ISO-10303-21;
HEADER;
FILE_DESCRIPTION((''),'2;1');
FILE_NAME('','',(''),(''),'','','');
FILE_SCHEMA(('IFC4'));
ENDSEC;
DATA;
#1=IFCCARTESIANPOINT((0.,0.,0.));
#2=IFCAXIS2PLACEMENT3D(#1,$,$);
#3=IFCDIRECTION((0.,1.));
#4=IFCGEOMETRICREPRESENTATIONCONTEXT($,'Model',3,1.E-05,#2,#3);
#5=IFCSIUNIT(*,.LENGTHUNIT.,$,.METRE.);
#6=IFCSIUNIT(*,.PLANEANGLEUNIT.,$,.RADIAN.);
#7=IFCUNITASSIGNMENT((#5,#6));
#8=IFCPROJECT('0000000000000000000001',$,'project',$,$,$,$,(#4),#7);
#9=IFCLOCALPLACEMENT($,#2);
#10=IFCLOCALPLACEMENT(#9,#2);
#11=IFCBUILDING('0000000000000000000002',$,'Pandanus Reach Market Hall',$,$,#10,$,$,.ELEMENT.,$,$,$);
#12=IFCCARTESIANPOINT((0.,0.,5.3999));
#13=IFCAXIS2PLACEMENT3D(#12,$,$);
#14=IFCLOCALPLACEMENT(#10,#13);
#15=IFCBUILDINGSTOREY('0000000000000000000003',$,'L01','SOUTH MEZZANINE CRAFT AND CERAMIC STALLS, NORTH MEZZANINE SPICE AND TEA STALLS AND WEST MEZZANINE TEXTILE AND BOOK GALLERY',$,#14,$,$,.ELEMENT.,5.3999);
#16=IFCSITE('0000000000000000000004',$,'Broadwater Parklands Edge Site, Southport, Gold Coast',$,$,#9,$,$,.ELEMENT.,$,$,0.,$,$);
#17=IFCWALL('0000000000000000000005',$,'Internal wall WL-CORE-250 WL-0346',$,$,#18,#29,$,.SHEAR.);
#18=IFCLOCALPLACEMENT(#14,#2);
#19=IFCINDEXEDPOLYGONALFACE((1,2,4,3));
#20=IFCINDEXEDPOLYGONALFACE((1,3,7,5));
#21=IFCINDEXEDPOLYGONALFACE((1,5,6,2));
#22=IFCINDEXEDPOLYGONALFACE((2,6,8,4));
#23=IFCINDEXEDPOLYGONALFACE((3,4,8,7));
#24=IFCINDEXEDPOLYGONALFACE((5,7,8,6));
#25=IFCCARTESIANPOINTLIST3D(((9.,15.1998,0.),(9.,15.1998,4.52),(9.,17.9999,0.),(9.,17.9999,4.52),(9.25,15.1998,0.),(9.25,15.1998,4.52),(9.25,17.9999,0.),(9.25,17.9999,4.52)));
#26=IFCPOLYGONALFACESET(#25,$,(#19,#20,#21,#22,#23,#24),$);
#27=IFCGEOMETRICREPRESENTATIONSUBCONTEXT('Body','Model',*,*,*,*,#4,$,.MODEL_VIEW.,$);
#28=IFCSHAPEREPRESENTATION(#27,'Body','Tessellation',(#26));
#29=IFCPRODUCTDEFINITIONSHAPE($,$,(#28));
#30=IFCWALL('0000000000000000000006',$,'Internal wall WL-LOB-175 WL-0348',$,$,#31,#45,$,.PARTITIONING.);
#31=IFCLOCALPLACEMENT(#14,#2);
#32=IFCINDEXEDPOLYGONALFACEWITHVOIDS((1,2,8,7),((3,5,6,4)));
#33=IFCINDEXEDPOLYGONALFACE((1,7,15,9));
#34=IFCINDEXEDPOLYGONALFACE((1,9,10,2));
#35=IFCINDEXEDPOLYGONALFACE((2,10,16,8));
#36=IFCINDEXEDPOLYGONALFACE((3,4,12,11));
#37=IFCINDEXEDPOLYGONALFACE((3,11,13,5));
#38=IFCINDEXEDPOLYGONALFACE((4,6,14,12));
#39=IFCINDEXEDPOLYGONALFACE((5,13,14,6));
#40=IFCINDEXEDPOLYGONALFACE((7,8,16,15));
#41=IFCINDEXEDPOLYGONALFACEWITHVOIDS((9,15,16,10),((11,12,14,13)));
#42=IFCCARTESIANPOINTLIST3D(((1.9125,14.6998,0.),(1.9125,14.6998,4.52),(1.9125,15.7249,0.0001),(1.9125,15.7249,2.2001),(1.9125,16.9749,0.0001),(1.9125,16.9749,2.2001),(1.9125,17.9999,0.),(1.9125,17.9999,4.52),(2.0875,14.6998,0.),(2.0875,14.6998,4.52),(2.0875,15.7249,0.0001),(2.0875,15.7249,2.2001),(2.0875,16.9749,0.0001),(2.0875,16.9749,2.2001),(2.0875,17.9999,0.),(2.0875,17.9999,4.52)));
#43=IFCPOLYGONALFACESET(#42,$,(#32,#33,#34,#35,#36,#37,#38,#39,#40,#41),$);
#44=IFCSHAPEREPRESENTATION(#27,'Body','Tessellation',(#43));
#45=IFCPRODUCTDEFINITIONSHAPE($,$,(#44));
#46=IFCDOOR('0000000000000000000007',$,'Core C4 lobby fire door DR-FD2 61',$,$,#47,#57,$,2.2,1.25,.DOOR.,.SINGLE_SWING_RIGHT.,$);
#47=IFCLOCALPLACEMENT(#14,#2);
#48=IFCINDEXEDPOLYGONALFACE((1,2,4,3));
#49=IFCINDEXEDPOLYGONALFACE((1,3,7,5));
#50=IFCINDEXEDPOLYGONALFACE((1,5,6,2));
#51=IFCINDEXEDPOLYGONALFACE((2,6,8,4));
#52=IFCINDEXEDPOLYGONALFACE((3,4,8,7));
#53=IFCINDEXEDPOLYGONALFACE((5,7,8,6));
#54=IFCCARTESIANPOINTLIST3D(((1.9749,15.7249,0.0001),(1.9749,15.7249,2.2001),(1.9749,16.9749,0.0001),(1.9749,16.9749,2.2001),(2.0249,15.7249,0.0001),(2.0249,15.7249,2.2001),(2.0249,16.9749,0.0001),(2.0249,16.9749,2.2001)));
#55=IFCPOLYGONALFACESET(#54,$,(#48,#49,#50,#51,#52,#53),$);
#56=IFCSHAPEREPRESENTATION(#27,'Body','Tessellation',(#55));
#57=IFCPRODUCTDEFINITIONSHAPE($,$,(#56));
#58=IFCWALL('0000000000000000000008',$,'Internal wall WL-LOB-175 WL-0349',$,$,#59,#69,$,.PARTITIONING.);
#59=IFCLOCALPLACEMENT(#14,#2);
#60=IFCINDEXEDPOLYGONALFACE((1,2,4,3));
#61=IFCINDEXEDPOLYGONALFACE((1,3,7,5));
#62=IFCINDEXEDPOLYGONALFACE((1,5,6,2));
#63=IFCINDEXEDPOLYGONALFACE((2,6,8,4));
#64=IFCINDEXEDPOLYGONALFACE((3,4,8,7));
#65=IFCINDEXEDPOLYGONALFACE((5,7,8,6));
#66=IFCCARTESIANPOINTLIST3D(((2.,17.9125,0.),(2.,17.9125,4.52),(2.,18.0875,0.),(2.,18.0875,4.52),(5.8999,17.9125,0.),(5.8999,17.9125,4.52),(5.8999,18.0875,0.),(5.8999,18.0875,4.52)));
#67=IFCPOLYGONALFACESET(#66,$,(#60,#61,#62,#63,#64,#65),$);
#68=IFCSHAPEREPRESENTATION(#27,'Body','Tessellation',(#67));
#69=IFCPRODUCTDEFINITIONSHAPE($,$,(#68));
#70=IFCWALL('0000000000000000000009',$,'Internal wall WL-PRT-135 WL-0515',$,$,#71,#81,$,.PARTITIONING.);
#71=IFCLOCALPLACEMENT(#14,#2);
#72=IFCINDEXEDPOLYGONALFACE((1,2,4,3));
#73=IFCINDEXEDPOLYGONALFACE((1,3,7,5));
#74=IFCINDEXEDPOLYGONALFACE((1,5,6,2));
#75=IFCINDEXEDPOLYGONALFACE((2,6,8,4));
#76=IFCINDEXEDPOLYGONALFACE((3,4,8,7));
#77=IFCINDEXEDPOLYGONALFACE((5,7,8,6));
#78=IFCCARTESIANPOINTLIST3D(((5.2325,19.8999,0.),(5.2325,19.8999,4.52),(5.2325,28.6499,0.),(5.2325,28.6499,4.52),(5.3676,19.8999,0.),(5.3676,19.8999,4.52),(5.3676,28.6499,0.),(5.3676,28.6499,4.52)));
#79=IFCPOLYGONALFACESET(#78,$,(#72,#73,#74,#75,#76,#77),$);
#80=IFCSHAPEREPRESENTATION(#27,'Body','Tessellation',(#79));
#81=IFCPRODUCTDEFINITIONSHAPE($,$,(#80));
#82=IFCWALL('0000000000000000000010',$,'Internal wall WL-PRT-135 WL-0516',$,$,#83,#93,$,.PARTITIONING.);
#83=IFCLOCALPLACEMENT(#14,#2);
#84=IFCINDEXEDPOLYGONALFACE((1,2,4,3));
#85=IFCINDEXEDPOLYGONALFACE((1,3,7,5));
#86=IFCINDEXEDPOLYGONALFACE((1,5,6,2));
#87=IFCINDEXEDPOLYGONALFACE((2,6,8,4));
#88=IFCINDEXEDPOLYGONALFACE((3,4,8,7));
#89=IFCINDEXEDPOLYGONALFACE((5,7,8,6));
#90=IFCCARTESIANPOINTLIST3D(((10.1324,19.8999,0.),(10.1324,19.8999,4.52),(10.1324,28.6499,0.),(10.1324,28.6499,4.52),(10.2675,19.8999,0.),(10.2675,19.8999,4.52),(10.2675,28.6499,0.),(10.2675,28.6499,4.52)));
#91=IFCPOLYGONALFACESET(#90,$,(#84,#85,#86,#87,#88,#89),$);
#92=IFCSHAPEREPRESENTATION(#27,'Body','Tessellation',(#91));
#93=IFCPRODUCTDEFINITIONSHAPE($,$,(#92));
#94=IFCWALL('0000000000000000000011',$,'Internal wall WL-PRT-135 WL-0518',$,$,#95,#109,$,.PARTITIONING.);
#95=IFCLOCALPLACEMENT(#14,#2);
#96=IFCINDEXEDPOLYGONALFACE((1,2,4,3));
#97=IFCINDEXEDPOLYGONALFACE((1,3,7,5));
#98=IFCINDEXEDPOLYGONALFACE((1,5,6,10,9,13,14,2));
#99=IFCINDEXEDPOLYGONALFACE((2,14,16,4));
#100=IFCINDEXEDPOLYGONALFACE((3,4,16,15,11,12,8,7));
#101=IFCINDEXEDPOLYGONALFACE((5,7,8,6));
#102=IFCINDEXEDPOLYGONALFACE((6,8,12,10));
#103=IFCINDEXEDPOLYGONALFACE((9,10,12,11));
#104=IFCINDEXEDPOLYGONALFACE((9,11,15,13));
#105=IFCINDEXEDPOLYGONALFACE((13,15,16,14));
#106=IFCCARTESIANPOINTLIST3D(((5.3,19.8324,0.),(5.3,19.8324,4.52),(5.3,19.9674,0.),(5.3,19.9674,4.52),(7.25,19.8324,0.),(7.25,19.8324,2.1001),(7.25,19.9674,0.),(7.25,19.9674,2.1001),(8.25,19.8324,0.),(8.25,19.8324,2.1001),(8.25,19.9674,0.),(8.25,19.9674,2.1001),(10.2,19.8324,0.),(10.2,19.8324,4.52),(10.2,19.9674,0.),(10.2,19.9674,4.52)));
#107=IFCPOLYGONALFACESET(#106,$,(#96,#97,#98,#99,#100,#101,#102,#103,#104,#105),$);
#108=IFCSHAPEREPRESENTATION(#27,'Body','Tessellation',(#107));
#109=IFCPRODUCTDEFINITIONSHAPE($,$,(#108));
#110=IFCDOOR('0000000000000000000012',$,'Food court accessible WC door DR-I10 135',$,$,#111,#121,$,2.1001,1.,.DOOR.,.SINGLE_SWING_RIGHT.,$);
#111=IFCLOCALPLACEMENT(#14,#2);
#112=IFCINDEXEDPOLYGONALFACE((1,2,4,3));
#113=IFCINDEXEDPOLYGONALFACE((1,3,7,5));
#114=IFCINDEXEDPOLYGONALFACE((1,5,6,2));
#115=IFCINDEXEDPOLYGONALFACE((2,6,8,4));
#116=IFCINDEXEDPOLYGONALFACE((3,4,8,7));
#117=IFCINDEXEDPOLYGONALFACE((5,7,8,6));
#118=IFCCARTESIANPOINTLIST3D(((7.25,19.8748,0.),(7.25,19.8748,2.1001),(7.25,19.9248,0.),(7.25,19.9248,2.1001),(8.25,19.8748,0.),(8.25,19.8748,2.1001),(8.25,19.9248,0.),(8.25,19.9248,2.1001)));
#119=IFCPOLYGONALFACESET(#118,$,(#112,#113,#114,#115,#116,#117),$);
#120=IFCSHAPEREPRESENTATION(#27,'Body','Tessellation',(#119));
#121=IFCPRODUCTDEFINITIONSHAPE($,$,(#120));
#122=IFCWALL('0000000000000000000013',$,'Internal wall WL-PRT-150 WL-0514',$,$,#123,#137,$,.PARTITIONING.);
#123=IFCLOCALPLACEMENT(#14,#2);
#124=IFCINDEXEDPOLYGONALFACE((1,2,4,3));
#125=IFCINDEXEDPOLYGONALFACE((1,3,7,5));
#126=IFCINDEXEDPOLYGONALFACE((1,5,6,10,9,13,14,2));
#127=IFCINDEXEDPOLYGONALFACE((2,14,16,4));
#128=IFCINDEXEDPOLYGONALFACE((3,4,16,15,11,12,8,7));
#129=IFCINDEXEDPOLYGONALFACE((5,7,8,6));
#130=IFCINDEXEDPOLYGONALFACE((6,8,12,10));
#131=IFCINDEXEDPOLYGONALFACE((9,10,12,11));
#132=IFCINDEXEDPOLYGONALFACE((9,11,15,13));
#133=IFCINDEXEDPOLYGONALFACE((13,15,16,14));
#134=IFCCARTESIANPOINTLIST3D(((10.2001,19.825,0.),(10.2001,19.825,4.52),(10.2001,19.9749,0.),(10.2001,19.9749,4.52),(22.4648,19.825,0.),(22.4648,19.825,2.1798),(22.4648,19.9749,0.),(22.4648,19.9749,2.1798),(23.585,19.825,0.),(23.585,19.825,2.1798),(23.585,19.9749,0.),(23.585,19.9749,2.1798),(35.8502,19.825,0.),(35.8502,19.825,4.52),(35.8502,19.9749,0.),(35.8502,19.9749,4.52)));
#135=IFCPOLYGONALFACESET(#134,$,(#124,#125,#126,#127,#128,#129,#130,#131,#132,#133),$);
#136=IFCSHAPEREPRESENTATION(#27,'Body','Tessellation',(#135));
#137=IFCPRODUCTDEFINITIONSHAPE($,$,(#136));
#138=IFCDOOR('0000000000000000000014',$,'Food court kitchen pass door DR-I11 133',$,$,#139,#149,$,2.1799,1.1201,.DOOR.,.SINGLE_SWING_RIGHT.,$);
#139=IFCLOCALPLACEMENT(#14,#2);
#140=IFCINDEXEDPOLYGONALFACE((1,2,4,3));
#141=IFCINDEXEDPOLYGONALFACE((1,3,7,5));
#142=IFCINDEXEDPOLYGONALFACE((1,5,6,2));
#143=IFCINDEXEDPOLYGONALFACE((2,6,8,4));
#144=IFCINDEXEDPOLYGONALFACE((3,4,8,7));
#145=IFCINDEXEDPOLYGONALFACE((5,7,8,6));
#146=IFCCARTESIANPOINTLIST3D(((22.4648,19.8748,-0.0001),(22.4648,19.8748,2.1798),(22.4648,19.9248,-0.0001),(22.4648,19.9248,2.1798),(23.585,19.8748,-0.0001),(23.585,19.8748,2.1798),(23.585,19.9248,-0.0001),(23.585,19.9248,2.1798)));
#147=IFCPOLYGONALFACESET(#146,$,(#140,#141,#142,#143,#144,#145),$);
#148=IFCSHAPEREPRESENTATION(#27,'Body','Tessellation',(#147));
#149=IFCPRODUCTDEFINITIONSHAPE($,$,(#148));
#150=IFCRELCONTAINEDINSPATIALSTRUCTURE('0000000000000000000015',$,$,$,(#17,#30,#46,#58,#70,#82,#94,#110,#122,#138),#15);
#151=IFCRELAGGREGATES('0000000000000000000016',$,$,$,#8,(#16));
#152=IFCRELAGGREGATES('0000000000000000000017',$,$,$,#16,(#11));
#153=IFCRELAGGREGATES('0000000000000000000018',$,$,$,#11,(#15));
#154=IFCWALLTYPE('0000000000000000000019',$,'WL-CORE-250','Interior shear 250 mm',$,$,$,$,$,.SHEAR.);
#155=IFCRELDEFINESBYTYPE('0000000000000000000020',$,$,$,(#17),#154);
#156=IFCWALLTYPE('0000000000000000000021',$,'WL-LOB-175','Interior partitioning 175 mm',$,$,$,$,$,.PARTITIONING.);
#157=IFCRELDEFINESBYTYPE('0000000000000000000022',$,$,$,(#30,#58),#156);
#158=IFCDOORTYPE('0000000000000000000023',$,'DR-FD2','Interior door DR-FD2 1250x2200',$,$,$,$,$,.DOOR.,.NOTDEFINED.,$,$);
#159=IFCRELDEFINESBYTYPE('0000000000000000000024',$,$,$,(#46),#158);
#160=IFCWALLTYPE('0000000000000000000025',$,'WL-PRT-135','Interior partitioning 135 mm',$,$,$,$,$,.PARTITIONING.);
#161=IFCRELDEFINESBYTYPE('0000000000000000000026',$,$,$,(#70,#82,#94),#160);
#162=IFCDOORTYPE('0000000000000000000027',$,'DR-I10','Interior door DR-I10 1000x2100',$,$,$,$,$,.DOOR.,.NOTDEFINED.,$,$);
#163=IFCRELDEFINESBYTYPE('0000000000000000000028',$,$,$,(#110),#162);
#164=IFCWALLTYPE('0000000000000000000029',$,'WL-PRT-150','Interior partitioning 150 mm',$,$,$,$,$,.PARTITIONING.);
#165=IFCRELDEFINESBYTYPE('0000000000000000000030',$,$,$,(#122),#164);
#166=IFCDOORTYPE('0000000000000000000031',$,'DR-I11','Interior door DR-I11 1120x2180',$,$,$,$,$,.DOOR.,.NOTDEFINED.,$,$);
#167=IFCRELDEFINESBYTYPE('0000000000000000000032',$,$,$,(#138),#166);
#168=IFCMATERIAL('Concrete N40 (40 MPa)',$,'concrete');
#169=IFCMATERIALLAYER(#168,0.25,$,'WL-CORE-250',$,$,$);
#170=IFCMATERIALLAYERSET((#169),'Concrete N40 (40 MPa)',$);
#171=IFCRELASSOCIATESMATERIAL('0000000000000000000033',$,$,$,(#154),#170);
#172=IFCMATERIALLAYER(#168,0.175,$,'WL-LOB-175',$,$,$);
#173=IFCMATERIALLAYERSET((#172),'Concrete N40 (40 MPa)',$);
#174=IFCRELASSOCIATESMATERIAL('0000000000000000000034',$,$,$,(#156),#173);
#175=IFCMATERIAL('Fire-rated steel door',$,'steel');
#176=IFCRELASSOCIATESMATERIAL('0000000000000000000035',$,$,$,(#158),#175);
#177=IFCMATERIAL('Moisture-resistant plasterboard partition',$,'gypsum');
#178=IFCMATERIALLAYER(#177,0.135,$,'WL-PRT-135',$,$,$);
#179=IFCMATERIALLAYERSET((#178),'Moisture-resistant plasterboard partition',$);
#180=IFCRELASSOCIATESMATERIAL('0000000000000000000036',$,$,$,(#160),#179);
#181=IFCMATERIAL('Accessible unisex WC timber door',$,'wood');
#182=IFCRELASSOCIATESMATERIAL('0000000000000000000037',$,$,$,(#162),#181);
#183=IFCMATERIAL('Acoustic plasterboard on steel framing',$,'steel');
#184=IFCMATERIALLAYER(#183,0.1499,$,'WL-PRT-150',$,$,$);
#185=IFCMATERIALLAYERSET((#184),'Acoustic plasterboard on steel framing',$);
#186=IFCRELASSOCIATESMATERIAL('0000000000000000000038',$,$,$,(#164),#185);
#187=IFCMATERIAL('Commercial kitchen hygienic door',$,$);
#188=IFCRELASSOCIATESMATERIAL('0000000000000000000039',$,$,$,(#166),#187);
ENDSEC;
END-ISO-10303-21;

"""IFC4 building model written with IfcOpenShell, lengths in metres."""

from ifc_helpers import new_model, si_unit, direction, frame, frame_2d, origin, place, context, subcontext, project, spatial, rectangle, extrude, material, layer, layer_set, type_object, element, fill, save


model = new_model("IFC4")

# Units and contexts
model_context = context("Model", 3, precision=1e-05, world=origin(), true_north=direction((0.0, 1.0)))
body_context = subcontext(model_context, "Body", "Model", "MODEL_VIEW")
ifc_project = project(units=[si_unit("LENGTHUNIT", "METRE"), si_unit("PLANEANGLEUNIT", "RADIAN")], contexts=[model_context])

# Site, building, storey
site_placement = place(None, origin())
site = spatial("IfcSite", under=ifc_project, at=site_placement, Name="Broadwater Parklands Edge Site, Southport, Gold Coast", CompositionType="ELEMENT", RefElevation=0.0)
building_placement = place(site_placement, origin())
building = spatial("IfcBuilding", under=site, at=building_placement, Name="Pandanus Reach Market Hall", CompositionType="ELEMENT")
storey_placement = place(building_placement, frame((0.0, 0.0, 5.3999)))
storey = spatial("IfcBuildingStorey", under=building, at=storey_placement, Name="L01", Description="SOUTH MEZZANINE CRAFT AND CERAMIC STALLS, NORTH MEZZANINE SPICE AND TEA STALLS AND WEST MEZZANINE TEXTILE AND BOOK GALLERY", CompositionType="ELEMENT", Elevation=5.3999)

# Shared definitions
ifc_material_1 = material(Name="Concrete N40 (40 MPa)", Category="concrete")

# Shared definitions
ifc_layer_1 = layer(ifc_material_1, 0.25, Name="WL-CORE-250")
ifc_layer_set_1 = layer_set([ifc_layer_1], Name="Concrete N40 (40 MPa)")
wall_type_1 = type_object("IfcWallType", Name="WL-CORE-250", Description="Interior shear 250 mm", PredefinedType="SHEAR", material=ifc_layer_set_1)
ifc_material_2 = material(Name="Fire-rated steel door", Category="steel")

# Wall
wall_1_placement = place(storey_placement, frame((9.125, 15.2, 0.0), z_axis=(0.0, 0.0, 1.0), x_axis=(0.0, 1.0, 0.0)))
element("IfcWall", 1, at=wall_1_placement, inside=storey, type_object=wall_type_1, Name="Internal wall WL-CORE-250 WL-0346", PredefinedType="SHEAR", context=body_context, shape_type="SweptSolid", body=[
    extrude(rectangle(XDim=2.8, YDim=0.25, at=frame_2d((1.3999, 0.0))), origin(), (0.0, 0.0, 1.0), 4.52),
])

# Wall, opening, door
ifc_layer_2 = layer(ifc_material_1, 0.175, Name="WL-LOB-175")
ifc_layer_set_2 = layer_set([ifc_layer_2], Name="Concrete N40 (40 MPa)")
wall_type_2 = type_object("IfcWallType", Name="WL-LOB-175", Description="Interior partitioning 175 mm", PredefinedType="PARTITIONING", material=ifc_layer_set_2)
wall_2_placement = place(storey_placement, frame((2.0, 14.7, 0.0), z_axis=(0.0, 0.0, 1.0), x_axis=(0.0, 1.0, 0.0)))
wall_2 = element("IfcWall", 2, at=wall_2_placement, inside=storey, type_object=wall_type_2, Name="Internal wall WL-LOB-175 WL-0348", PredefinedType="PARTITIONING", context=body_context, shape_type="SweptSolid", body=[
    extrude(rectangle(XDim=3.3, YDim=0.175, at=frame_2d((1.6499, 0.0))), origin(), (0.0, 0.0, 1.0), 4.52),
])
opening_1_placement = place(wall_2_placement, frame((1.0249, 0.0, 0.0)))
opening_1 = element("IfcOpeningElement", 3, at=opening_1_placement, cuts=wall_2, PredefinedType="OPENING", context=body_context, shape_type="SweptSolid", body=[
    extrude(rectangle(XDim=1.25, YDim=2.2, at=frame_2d((0.625, 1.1001))), frame((0.0, 0.1025, 0.0), z_axis=(0.0, -1.0, 0.0), x_axis=(1.0, 0.0, 0.0)), (0.0, 0.0, 1.0), 0.2051),
])
door_type_1 = type_object("IfcDoorType", Name="DR-FD2", Description="Interior door DR-FD2 1250x2200", OperationType="NOTDEFINED", PredefinedType="DOOR", material=ifc_material_2)
door_1_placement = place(opening_1_placement, frame((1.25, 0.0, 0.0), z_axis=(0.0, 0.0, 1.0), x_axis=(-1.0, 0.0, 0.0)))
door_1 = element("IfcDoor", 4, at=door_1_placement, inside=storey, type_object=door_type_1, Name="Core C4 lobby fire door DR-FD2 61", OperationType="SINGLE_SWING_RIGHT", OverallHeight=2.2, OverallWidth=1.25, PredefinedType="DOOR", context=body_context, shape_type="SweptSolid", body=[
    extrude(rectangle(XDim=1.25, YDim=2.2, at=frame_2d((0.625, 1.1001))), frame((0.0, 0.0249, 0.0), z_axis=(0.0, -1.0, 0.0), x_axis=(1.0, 0.0, 0.0)), (0.0, 0.0, 1.0), 0.05),
])
fill(opening_1, door_1)

# Walls
wall_3_placement = place(storey_placement, frame((2.0, 18.0, 0.0), z_axis=(0.0, 0.0, 1.0), x_axis=(1.0, 0.0, 0.0)))
element("IfcWall", 5, at=wall_3_placement, inside=storey, type_object=wall_type_2, Name="Internal wall WL-LOB-175 WL-0349", PredefinedType="PARTITIONING", context=body_context, shape_type="SweptSolid", body=[
    extrude(rectangle(XDim=3.8999, YDim=0.175, at=frame_2d((1.95, 0.0))), origin(), (0.0, 0.0, 1.0), 4.52),
])
ifc_material_3 = material(Name="Moisture-resistant plasterboard partition", Category="gypsum")
ifc_layer_3 = layer(ifc_material_3, 0.135, Name="WL-PRT-135")
ifc_layer_set_3 = layer_set([ifc_layer_3], Name="Moisture-resistant plasterboard partition")
wall_type_3 = type_object("IfcWallType", Name="WL-PRT-135", Description="Interior partitioning 135 mm", PredefinedType="PARTITIONING", material=ifc_layer_set_3)
for number, where, z_axis, x_axis, name in (
    (6, (5.3, 19.8999, 0.0), (0.0, 0.0, 1.0), (0.0, 1.0, 0.0), "Internal wall WL-PRT-135 WL-0515"),
    (7, (10.2, 19.8999, 0.0), (0.0, 0.0, 1.0), (0.0, 1.0, 0.0), "Internal wall WL-PRT-135 WL-0516"),
):
    element("IfcWall", number, at=place(storey_placement, frame(where, z_axis=z_axis, x_axis=x_axis)), inside=storey, type_object=wall_type_3, Name=name, PredefinedType="PARTITIONING", context=body_context, shape_type="SweptSolid", body=[
        extrude(rectangle(XDim=8.75, YDim=0.135, at=frame_2d((4.375, 0.0))), origin(), (0.0, 0.0, 1.0), 4.52),
    ])

# Walls, openings, doors
wall_4_placement = place(storey_placement, frame((5.3, 19.8999, 0.0), z_axis=(0.0, 0.0, 1.0), x_axis=(1.0, 0.0, 0.0)))
wall_4 = element("IfcWall", 8, at=wall_4_placement, inside=storey, type_object=wall_type_3, Name="Internal wall WL-PRT-135 WL-0518", PredefinedType="PARTITIONING", context=body_context, shape_type="SweptSolid", body=[
    extrude(rectangle(XDim=4.8999, YDim=0.135, at=frame_2d((2.45, 0.0))), origin(), (0.0, 0.0, 1.0), 4.52),
])
opening_2_placement = place(wall_4_placement, frame((1.95, 0.0, 0.0)))
opening_2 = element("IfcOpeningElement", 9, at=opening_2_placement, cuts=wall_4, PredefinedType="OPENING", context=body_context, shape_type="SweptSolid", body=[
    extrude(rectangle(XDim=1.0, YDim=2.1001, at=frame_2d((0.5, 1.05))), frame((0.0, 0.0825, 0.0), z_axis=(0.0, -1.0, 0.0), x_axis=(1.0, 0.0, 0.0)), (0.0, 0.0, 1.0), 0.165),
])
ifc_material_4 = material(Name="Accessible unisex WC timber door", Category="wood")
door_type_2 = type_object("IfcDoorType", Name="DR-I10", Description="Interior door DR-I10 1000x2100", OperationType="NOTDEFINED", PredefinedType="DOOR", material=ifc_material_4)
door_2_placement = place(opening_2_placement, origin())
door_2 = element("IfcDoor", 10, at=door_2_placement, inside=storey, type_object=door_type_2, Name="Food court accessible WC door DR-I10 135", OperationType="SINGLE_SWING_RIGHT", OverallHeight=2.1001, OverallWidth=1.0, PredefinedType="DOOR", context=body_context, shape_type="SweptSolid", body=[
    extrude(rectangle(XDim=1.0, YDim=2.1001, at=frame_2d((0.5, 1.05))), frame((0.0, 0.0249, 0.0), z_axis=(0.0, -1.0, 0.0), x_axis=(1.0, 0.0, 0.0)), (0.0, 0.0, 1.0), 0.05),
])
fill(opening_2, door_2)
ifc_material_5 = material(Name="Acoustic plasterboard on steel framing", Category="steel")
ifc_layer_4 = layer(ifc_material_5, 0.1499, Name="WL-PRT-150")
ifc_layer_set_4 = layer_set([ifc_layer_4], Name="Acoustic plasterboard on steel framing")
wall_type_4 = type_object("IfcWallType", Name="WL-PRT-150", Description="Interior partitioning 150 mm", PredefinedType="PARTITIONING", material=ifc_layer_set_4)
wall_5_placement = place(storey_placement, frame((10.2, 19.8999, 0.0), z_axis=(0.0, 0.0, 1.0), x_axis=(1.0, 0.0, 0.0)))
wall_5 = element("IfcWall", 11, at=wall_5_placement, inside=storey, type_object=wall_type_4, Name="Internal wall WL-PRT-150 WL-0514", PredefinedType="PARTITIONING", context=body_context, shape_type="SweptSolid", body=[
    extrude(rectangle(XDim=25.6501, YDim=0.1499, at=frame_2d((12.8252, 0.0))), origin(), (0.0, 0.0, 1.0), 4.52),
])
opening_3_placement = place(wall_5_placement, frame((12.2649, 0.0, 0.0)))
opening_3 = element("IfcOpeningElement", 12, at=opening_3_placement, cuts=wall_5, PredefinedType="OPENING", context=body_context, shape_type="SweptSolid", body=[
    extrude(rectangle(XDim=1.1201, YDim=2.1799, at=frame_2d((0.5601, 1.0898))), frame((0.0, 0.0898, 0.0), z_axis=(0.0, -1.0, 0.0), x_axis=(1.0, 0.0, 0.0)), (0.0, 0.0, 1.0), 0.1799),
])
ifc_material_6 = material(Name="Commercial kitchen hygienic door")
door_type_3 = type_object("IfcDoorType", Name="DR-I11", Description="Interior door DR-I11 1120x2180", OperationType="NOTDEFINED", PredefinedType="DOOR", material=ifc_material_6)
door_3_placement = place(opening_3_placement, origin())
door_3 = element("IfcDoor", 13, at=door_3_placement, inside=storey, type_object=door_type_3, Name="Food court kitchen pass door DR-I11 133", OperationType="SINGLE_SWING_RIGHT", OverallHeight=2.1799, OverallWidth=1.1201, PredefinedType="DOOR", context=body_context, shape_type="SweptSolid", body=[
    extrude(rectangle(XDim=1.1201, YDim=2.1799, at=frame_2d((0.5601, 1.0898))), frame((0.0, 0.0249, 0.0), z_axis=(0.0, -1.0, 0.0), x_axis=(1.0, 0.0, 0.0)), (0.0, 0.0, 1.0), 0.05),
])
fill(opening_3, door_3)

save(model, "model.ifc")
